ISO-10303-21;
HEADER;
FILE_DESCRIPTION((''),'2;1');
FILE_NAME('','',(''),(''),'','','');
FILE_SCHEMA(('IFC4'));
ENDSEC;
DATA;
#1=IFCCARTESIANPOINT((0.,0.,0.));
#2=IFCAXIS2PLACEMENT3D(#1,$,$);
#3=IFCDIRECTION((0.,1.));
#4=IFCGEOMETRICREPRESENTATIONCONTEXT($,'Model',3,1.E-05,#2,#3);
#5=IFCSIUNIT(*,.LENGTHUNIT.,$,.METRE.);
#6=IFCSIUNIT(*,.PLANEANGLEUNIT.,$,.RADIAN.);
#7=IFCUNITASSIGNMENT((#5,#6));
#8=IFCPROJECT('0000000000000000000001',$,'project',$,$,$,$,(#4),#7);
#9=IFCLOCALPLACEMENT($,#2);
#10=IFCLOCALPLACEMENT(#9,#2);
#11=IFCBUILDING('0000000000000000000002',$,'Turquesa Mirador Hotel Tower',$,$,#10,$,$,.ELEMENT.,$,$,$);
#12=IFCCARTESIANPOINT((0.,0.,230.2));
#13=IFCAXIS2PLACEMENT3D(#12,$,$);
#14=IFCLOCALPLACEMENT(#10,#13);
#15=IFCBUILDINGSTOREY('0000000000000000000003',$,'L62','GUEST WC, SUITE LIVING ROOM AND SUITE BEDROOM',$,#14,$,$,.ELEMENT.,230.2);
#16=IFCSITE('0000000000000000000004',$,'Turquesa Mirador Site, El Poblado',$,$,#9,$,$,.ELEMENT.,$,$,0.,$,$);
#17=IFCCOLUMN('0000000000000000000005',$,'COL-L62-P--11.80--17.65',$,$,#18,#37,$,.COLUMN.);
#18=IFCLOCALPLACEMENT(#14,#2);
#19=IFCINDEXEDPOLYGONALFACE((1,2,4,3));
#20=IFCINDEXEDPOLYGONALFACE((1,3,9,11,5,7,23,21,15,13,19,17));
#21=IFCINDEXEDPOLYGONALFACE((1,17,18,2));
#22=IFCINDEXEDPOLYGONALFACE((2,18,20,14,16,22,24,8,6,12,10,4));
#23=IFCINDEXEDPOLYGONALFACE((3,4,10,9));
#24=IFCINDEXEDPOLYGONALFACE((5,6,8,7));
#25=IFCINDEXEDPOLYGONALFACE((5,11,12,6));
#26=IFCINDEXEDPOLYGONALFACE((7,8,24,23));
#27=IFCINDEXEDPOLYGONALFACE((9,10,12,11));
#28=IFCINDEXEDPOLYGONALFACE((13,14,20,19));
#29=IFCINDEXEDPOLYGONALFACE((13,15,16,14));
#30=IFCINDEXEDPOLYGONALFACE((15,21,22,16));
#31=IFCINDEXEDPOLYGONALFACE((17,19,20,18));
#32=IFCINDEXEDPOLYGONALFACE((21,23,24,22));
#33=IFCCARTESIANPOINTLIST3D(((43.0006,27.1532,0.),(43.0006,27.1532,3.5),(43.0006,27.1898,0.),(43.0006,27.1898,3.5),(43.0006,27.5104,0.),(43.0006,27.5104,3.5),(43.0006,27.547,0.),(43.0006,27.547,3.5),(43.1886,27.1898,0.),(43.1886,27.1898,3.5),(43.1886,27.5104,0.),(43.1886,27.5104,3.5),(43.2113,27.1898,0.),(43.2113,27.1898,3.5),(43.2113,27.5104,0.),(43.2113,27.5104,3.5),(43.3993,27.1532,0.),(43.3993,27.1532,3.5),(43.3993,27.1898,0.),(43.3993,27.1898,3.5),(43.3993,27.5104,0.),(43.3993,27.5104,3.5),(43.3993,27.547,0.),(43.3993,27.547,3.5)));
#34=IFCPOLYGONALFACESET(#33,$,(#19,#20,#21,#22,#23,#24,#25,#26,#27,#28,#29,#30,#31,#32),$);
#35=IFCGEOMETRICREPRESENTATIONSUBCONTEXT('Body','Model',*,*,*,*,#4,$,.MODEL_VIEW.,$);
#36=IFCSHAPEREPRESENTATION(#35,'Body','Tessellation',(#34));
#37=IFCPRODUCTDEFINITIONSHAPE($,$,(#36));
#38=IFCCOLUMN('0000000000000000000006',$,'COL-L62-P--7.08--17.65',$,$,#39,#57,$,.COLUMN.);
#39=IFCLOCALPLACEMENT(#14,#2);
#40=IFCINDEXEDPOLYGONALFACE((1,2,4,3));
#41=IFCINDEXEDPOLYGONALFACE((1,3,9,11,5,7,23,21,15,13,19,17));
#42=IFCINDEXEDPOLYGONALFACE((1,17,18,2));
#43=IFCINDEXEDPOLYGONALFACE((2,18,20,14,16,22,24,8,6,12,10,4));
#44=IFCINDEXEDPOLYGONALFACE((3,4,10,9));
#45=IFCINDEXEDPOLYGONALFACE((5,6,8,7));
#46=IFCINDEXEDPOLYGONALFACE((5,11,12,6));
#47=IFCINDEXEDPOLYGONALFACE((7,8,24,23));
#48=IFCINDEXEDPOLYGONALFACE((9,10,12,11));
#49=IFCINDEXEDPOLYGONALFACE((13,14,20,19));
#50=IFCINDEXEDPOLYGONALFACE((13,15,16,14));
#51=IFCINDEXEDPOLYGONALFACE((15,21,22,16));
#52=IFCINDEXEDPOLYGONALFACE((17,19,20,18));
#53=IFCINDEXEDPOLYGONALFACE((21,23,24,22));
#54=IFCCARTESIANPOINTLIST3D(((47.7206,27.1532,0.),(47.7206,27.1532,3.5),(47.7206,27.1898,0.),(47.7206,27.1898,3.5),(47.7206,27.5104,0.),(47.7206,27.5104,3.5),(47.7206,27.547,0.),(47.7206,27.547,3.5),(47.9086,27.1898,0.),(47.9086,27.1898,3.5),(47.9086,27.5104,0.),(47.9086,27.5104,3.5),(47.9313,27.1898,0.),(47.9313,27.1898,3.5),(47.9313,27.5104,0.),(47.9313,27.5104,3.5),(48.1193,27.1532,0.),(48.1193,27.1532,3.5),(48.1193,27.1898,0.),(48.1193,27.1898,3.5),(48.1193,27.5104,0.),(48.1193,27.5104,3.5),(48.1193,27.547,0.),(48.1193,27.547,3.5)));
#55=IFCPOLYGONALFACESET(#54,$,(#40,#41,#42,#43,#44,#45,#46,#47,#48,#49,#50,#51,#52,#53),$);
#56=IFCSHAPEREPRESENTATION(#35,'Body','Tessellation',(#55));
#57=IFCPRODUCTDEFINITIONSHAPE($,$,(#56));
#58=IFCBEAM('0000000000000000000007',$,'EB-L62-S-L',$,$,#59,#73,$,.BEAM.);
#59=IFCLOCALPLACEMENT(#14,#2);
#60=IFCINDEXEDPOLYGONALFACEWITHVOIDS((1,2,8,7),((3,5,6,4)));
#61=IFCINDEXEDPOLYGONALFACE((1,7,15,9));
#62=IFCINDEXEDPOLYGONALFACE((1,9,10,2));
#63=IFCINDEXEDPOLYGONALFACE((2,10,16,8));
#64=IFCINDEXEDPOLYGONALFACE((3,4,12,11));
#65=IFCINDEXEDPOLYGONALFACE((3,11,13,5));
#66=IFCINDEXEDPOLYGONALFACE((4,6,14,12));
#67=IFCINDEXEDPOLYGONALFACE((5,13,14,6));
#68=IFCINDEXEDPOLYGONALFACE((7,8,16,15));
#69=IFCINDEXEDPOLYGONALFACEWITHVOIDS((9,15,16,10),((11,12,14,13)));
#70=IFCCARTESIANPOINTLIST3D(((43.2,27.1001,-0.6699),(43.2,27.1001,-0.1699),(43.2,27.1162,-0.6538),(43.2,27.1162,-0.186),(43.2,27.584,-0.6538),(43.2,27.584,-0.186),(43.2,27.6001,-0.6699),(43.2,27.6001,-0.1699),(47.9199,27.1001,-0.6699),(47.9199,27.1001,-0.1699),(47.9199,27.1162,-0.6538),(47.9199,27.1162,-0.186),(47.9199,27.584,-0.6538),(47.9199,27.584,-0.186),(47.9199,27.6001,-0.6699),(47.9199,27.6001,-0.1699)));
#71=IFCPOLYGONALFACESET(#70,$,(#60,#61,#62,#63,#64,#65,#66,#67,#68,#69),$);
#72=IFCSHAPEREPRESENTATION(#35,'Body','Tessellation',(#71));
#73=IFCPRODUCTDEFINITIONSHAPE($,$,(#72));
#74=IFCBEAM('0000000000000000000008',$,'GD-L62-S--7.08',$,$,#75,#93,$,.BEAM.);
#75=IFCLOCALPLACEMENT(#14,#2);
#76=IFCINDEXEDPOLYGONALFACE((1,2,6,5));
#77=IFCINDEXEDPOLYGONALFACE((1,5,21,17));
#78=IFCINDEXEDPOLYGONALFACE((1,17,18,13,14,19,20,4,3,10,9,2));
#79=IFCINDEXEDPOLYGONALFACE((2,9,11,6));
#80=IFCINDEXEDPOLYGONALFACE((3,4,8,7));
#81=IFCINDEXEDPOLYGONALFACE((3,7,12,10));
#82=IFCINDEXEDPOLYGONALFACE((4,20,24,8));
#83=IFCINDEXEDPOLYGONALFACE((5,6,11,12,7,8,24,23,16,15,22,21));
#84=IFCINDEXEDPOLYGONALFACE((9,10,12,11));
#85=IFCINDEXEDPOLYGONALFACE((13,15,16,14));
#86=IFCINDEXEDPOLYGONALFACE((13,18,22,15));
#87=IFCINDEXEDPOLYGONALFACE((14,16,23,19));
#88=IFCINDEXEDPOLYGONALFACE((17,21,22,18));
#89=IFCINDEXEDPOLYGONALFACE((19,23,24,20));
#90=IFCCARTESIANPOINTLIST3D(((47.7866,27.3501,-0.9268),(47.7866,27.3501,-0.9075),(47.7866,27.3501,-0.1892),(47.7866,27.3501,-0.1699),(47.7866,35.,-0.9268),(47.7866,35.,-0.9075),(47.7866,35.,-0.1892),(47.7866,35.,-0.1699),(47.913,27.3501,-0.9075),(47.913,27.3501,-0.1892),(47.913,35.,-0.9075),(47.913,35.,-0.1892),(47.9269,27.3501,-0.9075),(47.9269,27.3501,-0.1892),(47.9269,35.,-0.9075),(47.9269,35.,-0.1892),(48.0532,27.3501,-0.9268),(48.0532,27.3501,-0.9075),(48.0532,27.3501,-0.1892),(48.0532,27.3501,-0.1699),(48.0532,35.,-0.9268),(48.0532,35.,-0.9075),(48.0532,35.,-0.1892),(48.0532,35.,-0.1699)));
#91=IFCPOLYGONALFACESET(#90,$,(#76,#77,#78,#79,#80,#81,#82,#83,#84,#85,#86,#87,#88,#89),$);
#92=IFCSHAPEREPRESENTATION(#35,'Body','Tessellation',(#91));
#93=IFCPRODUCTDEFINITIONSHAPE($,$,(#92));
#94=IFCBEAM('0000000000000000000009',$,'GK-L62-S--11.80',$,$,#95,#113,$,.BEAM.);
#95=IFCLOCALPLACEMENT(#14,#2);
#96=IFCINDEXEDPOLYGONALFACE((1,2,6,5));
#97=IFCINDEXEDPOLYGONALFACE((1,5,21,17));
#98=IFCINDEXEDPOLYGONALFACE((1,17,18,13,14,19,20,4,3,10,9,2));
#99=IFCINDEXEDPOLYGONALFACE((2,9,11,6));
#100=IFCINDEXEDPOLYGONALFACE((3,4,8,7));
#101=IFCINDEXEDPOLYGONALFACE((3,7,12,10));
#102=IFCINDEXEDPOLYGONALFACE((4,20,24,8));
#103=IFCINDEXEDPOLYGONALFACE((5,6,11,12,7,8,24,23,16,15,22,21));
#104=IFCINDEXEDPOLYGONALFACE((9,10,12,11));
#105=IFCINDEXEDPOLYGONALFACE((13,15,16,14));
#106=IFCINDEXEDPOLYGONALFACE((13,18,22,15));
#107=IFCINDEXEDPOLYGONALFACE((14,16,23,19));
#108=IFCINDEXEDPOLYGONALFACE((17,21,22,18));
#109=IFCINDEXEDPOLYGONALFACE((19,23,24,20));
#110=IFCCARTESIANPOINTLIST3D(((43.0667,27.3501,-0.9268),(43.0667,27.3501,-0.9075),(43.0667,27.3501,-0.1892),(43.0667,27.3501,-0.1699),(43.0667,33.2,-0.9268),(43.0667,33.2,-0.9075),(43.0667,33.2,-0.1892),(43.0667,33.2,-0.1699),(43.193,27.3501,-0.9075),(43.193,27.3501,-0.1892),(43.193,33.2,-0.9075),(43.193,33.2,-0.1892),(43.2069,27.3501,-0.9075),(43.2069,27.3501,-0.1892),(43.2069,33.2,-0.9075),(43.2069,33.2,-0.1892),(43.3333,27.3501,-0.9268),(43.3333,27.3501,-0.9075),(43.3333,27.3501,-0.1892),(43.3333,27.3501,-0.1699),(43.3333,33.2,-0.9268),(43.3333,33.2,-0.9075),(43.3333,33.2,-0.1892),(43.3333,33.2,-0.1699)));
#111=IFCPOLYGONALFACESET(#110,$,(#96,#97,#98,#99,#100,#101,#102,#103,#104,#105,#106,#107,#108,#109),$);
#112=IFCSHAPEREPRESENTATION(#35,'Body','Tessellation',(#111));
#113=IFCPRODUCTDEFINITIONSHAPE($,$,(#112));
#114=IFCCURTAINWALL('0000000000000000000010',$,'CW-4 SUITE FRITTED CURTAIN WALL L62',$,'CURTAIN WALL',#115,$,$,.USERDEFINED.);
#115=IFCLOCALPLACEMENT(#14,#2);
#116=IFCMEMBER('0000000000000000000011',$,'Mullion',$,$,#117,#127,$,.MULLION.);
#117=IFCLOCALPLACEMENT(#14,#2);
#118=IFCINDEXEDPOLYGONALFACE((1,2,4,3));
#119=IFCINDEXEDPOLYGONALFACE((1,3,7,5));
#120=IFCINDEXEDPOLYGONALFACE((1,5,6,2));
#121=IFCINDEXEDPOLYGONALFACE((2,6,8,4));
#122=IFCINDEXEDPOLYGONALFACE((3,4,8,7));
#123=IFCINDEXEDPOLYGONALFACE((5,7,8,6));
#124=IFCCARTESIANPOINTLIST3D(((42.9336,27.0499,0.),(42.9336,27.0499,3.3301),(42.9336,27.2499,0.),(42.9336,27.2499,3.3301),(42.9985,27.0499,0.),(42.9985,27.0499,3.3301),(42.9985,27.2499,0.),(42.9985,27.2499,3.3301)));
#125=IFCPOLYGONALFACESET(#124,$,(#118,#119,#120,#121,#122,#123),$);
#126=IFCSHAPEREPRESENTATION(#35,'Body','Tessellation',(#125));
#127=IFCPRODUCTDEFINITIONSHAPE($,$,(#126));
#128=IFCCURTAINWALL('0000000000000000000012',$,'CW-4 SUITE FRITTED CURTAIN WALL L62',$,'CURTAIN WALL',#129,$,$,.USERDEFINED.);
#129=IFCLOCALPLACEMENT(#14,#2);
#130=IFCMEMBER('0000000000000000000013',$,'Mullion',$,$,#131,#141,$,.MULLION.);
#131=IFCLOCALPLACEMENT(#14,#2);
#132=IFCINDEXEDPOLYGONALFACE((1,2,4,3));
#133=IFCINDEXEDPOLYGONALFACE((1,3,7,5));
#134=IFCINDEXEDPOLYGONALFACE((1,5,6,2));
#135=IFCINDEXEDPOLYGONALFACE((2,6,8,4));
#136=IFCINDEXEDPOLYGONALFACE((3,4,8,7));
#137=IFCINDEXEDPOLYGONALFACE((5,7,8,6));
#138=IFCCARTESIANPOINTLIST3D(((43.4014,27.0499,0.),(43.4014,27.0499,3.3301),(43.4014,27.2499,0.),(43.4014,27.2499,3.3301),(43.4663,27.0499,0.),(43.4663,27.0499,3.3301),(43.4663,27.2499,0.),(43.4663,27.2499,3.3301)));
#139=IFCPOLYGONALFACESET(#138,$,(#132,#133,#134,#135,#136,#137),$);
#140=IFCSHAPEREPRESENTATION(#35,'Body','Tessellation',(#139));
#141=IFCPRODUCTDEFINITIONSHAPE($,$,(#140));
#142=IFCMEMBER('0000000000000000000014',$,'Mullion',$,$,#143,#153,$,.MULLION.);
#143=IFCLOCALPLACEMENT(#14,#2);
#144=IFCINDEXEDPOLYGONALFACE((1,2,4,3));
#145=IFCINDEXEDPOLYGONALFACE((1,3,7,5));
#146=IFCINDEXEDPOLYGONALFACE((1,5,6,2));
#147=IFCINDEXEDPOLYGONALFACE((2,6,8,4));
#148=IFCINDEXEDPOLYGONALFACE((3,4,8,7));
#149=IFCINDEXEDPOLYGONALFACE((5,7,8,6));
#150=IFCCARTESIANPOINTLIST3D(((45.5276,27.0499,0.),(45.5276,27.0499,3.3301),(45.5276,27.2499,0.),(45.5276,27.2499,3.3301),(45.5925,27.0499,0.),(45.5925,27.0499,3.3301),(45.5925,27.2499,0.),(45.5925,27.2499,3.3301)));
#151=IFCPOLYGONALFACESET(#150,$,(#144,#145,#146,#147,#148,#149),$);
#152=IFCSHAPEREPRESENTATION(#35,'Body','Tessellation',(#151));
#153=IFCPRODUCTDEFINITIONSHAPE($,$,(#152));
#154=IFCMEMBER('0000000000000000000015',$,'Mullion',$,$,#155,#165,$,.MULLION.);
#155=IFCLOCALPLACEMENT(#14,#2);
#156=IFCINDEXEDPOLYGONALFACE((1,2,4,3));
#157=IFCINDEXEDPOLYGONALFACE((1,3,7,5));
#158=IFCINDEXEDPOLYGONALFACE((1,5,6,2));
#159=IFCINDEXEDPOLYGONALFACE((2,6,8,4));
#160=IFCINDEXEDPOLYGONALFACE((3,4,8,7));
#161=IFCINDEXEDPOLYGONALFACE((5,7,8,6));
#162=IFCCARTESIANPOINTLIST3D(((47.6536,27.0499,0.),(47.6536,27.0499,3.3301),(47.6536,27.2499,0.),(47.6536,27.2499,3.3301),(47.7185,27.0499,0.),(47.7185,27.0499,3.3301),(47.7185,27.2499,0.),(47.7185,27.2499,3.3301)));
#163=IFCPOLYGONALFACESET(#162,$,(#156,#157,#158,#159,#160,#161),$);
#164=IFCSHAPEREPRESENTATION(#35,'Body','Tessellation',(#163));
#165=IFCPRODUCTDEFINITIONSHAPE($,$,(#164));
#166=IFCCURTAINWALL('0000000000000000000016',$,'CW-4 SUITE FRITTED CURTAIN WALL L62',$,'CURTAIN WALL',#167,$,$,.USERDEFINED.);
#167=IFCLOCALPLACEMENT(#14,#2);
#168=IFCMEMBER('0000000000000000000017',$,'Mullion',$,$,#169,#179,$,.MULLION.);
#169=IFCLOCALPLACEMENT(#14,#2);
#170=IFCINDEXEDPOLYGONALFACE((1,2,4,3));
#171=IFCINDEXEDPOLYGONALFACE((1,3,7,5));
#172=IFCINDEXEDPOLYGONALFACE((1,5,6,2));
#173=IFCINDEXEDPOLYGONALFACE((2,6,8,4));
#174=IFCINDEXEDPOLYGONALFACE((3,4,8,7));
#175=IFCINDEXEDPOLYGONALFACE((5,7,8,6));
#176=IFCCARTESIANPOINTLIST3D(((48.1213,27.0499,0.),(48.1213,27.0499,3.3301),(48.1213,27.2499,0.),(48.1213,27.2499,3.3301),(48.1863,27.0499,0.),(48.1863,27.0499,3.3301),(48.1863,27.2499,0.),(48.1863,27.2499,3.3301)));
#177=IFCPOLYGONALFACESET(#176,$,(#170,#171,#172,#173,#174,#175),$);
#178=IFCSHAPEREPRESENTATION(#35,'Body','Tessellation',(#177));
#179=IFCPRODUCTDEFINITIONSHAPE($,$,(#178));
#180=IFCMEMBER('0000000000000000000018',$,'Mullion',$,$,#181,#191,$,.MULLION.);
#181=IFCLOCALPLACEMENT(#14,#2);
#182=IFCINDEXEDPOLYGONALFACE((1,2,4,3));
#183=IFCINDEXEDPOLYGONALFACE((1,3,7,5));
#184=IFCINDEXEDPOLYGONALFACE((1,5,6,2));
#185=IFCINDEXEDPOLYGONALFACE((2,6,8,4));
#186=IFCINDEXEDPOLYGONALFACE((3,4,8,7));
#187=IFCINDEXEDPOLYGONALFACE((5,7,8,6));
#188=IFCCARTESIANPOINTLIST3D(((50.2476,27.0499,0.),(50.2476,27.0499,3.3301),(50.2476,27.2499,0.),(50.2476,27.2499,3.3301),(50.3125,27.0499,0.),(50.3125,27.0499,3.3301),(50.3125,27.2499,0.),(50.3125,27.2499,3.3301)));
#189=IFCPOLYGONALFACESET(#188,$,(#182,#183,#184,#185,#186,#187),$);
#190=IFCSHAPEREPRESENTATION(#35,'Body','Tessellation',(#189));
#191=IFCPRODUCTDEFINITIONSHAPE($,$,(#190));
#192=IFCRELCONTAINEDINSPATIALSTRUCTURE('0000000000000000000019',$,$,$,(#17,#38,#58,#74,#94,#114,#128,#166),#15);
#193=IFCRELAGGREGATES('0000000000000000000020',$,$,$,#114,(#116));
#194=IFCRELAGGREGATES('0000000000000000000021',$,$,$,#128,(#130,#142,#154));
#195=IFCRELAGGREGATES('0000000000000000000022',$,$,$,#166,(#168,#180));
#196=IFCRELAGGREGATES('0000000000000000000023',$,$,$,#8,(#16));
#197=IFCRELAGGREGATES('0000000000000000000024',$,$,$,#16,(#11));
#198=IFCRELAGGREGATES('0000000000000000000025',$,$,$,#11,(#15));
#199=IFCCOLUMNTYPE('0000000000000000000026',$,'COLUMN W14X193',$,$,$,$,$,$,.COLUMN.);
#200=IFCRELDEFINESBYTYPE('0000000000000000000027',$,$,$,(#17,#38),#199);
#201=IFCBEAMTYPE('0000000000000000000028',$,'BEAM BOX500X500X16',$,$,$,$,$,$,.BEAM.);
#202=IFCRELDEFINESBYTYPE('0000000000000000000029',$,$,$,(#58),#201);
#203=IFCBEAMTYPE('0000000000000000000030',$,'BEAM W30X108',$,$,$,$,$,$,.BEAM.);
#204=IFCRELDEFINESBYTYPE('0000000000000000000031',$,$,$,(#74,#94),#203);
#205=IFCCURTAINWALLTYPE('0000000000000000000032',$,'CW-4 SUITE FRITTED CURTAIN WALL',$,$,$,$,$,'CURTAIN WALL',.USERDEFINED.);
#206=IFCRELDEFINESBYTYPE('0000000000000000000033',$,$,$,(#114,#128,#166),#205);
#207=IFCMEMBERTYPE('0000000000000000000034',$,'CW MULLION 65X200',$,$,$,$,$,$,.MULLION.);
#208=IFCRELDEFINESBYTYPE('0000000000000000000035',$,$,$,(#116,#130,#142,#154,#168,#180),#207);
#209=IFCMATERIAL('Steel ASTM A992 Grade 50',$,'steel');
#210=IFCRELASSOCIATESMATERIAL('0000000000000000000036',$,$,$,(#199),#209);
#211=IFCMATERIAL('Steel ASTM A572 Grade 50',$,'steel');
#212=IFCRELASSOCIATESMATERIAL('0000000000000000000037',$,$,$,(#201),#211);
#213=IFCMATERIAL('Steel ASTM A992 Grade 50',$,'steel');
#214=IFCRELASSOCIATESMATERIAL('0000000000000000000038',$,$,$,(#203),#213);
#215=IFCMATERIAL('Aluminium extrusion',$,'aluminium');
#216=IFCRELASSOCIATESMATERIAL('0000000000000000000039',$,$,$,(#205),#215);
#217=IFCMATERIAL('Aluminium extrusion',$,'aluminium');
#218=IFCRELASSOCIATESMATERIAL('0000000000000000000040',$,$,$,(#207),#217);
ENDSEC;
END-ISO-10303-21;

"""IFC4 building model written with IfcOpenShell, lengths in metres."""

from ifc_helpers import new_model, si_unit, direction, frame, origin, origin_2d, place, context, subcontext, project, spatial, rectangle, hollow_rectangle, i_section, extrude, material, material_profile, profile_set, type_object, element, aggregate, save


model = new_model("IFC4")

# Units and contexts
model_context = context("Model", 3, precision=1e-05, world=origin(), true_north=direction((0.0, 1.0)))
body_context = subcontext(model_context, "Body", "Model", "MODEL_VIEW")
ifc_project = project(units=[si_unit("LENGTHUNIT", "METRE"), si_unit("PLANEANGLEUNIT", "RADIAN")], contexts=[model_context])

# Site, building, storey
site_placement = place(None, origin())
site = spatial("IfcSite", under=ifc_project, at=site_placement, Name="Turquesa Mirador Site, El Poblado", CompositionType="ELEMENT", RefElevation=0.0)
building_placement = place(site_placement, origin())
building = spatial("IfcBuilding", under=site, at=building_placement, Name="Turquesa Mirador Hotel Tower", CompositionType="ELEMENT")
storey_placement = place(building_placement, frame((0.0, 0.0, 230.2)))
storey = spatial("IfcBuildingStorey", under=building, at=storey_placement, Name="L62", Description="GUEST WC, SUITE LIVING ROOM AND SUITE BEDROOM", CompositionType="ELEMENT", Elevation=230.2)

# Columns
ifc_material_1 = material(Name="Steel ASTM A992 Grade 50", Category="steel")
ifc_material_profile_1 = material_profile(ifc_material_1, i_section(OverallWidth=0.3987, OverallDepth=0.3938, WebThickness=0.0227, FlangeThickness=0.0366, at=origin_2d()), Name="W14X193")
ifc_profile_set_1 = profile_set([ifc_material_profile_1], Name="Steel ASTM A992 Grade 50")
column_type = type_object("IfcColumnType", Name="COLUMN W14X193", PredefinedType="COLUMN", material=ifc_profile_set_1)
for number, where, z_axis, x_axis, name in (
    (1, (43.2, 27.3501, 0.0), (0.0, 0.0, 1.0), (1.0, 0.0, 0.0), "COL-L62-P--11.80--17.65"),
    (2, (47.9199, 27.3501, 0.0), (0.0, 0.0, 1.0), (1.0, 0.0, 0.0), "COL-L62-P--7.08--17.65"),
):
    element("IfcColumn", number, at=place(storey_placement, frame(where, z_axis=z_axis, x_axis=x_axis)), inside=storey, type_object=column_type, Name=name, PredefinedType="COLUMN", context=body_context, shape_type="SweptSolid", body=[
        extrude(i_section(OverallWidth=0.3987, OverallDepth=0.3938, WebThickness=0.0227, FlangeThickness=0.0366, at=origin_2d()), origin(), (0.0, 0.0, 1.0), 3.5),
    ])

# Beams
ifc_material_2 = material(Name="Steel ASTM A572 Grade 50", Category="steel")
ifc_material_profile_2 = material_profile(ifc_material_2, hollow_rectangle(XDim=0.5, YDim=0.5, WallThickness=0.0161, at=origin_2d()), Name="BOX500X500X16")
ifc_profile_set_2 = profile_set([ifc_material_profile_2], Name="Steel ASTM A572 Grade 50")
beam_type_1 = type_object("IfcBeamType", Name="BEAM BOX500X500X16", PredefinedType="BEAM", material=ifc_profile_set_2)
beam_1_placement = place(storey_placement, frame((43.2, 27.3501, -0.4199), z_axis=(1.0, 0.0, 0.0), x_axis=(0.0, 1.0, 0.0)))
element("IfcBeam", 3, at=beam_1_placement, inside=storey, type_object=beam_type_1, Name="EB-L62-S-L", PredefinedType="BEAM", context=body_context, shape_type="SweptSolid", body=[
    extrude(hollow_rectangle(XDim=0.5, YDim=0.5, WallThickness=0.0161, at=origin_2d()), origin(), (0.0, 0.0, 1.0), 4.72),
])
ifc_material_3 = material(Name="Steel ASTM A992 Grade 50", Category="steel")
ifc_material_profile_3 = material_profile(ifc_material_3, i_section(OverallWidth=0.2666, OverallDepth=0.7568, WebThickness=0.0139, FlangeThickness=0.0193, at=origin_2d()), Name="W30X108")
ifc_profile_set_3 = profile_set([ifc_material_profile_3], Name="Steel ASTM A992 Grade 50")
beam_type_2 = type_object("IfcBeamType", Name="BEAM W30X108", PredefinedType="BEAM", material=ifc_profile_set_3)
beam_2_placement = place(storey_placement, frame((47.9199, 27.3501, -0.5483), z_axis=(0.0, 1.0, 0.0), x_axis=(-1.0, 0.0, 0.0)))
element("IfcBeam", 4, at=beam_2_placement, inside=storey, type_object=beam_type_2, Name="GD-L62-S--7.08", PredefinedType="BEAM", context=body_context, shape_type="SweptSolid", body=[
    extrude(i_section(OverallWidth=0.2666, OverallDepth=0.7568, WebThickness=0.0139, FlangeThickness=0.0193, at=origin_2d()), origin(), (0.0, 0.0, 1.0), 7.6499),
])
beam_3_placement = place(storey_placement, frame((43.2, 27.3501, -0.5483), z_axis=(0.0, 1.0, 0.0), x_axis=(-1.0, 0.0, 0.0)))
element("IfcBeam", 5, at=beam_3_placement, inside=storey, type_object=beam_type_2, Name="GK-L62-S--11.80", PredefinedType="BEAM", context=body_context, shape_type="SweptSolid", body=[
    extrude(i_section(OverallWidth=0.2666, OverallDepth=0.7568, WebThickness=0.0139, FlangeThickness=0.0193, at=origin_2d()), origin(), (0.0, 0.0, 1.0), 5.8499),
])

# Curtain wall, member
ifc_material_4 = material(Name="Aluminium extrusion", Category="aluminium")
curtain_wall_type = type_object("IfcCurtainWallType", Name="CW-4 SUITE FRITTED CURTAIN WALL", ElementType="CURTAIN WALL", PredefinedType="USERDEFINED", material=ifc_material_4)
curtain_wall_1_placement = place(storey_placement, origin())
curtain_wall_1 = element("IfcCurtainWall", 6, at=curtain_wall_1_placement, inside=storey, type_object=curtain_wall_type, Name="CW-4 SUITE FRITTED CURTAIN WALL L62", ObjectType="CURTAIN WALL", PredefinedType="USERDEFINED")
ifc_material_5 = material(Name="Aluminium extrusion", Category="aluminium")
ifc_material_profile_4 = material_profile(ifc_material_5, rectangle(XDim=0.0649, YDim=0.2, at=origin_2d()), Name="MULLION 65X200")
ifc_profile_set_4 = profile_set([ifc_material_profile_4], Name="Aluminium extrusion")
member_type_1 = type_object("IfcMemberType", Name="CW MULLION 65X200", PredefinedType="MULLION", material=ifc_profile_set_4)
member_1_placement = place(storey_placement, frame((42.9661, 27.1499, 0.0), z_axis=(0.0, 0.0, 1.0), x_axis=(1.0, 0.0, 0.0)))
member_1 = element("IfcMember", 7, at=member_1_placement, type_object=member_type_1, Name="Mullion", PredefinedType="MULLION", context=body_context, shape_type="SweptSolid", body=[
    extrude(rectangle(XDim=0.0649, YDim=0.2, at=origin_2d()), origin(), (0.0, 0.0, 1.0), 3.3301),
])

# Curtain walls, members
curtain_wall_2_placement = place(storey_placement, origin())
curtain_wall_2 = element("IfcCurtainWall", 8, at=curtain_wall_2_placement, inside=storey, type_object=curtain_wall_type, Name="CW-4 SUITE FRITTED CURTAIN WALL L62", ObjectType="CURTAIN WALL", PredefinedType="USERDEFINED")
member_2_placement = place(storey_placement, frame((43.4338, 27.1499, 0.0), z_axis=(0.0, 0.0, 1.0), x_axis=(1.0, 0.0, 0.0)))
member_2 = element("IfcMember", 9, at=member_2_placement, type_object=member_type_1, Name="Mullion", PredefinedType="MULLION", context=body_context, shape_type="SweptSolid", body=[
    extrude(rectangle(XDim=0.0649, YDim=0.2, at=origin_2d()), origin(), (0.0, 0.0, 1.0), 3.3301),
])
member_3_placement = place(storey_placement, frame((45.5601, 27.1499, 0.0), z_axis=(0.0, 0.0, 1.0), x_axis=(1.0, 0.0, 0.0)))
member_3 = element("IfcMember", 10, at=member_3_placement, type_object=member_type_1, Name="Mullion", PredefinedType="MULLION", context=body_context, shape_type="SweptSolid", body=[
    extrude(rectangle(XDim=0.0649, YDim=0.2, at=origin_2d()), origin(), (0.0, 0.0, 1.0), 3.3301),
])
member_4_placement = place(storey_placement, frame((47.686, 27.1499, 0.0), z_axis=(0.0, 0.0, 1.0), x_axis=(1.0, 0.0, 0.0)))
member_4 = element("IfcMember", 11, at=member_4_placement, type_object=member_type_1, Name="Mullion", PredefinedType="MULLION", context=body_context, shape_type="SweptSolid", body=[
    extrude(rectangle(XDim=0.0649, YDim=0.2, at=origin_2d()), origin(), (0.0, 0.0, 1.0), 3.3301),
])
curtain_wall_3_placement = place(storey_placement, origin())
curtain_wall_3 = element("IfcCurtainWall", 12, at=curtain_wall_3_placement, inside=storey, type_object=curtain_wall_type, Name="CW-4 SUITE FRITTED CURTAIN WALL L62", ObjectType="CURTAIN WALL", PredefinedType="USERDEFINED")
member_5_placement = place(storey_placement, frame((48.1538, 27.1499, 0.0), z_axis=(0.0, 0.0, 1.0), x_axis=(1.0, 0.0, 0.0)))
member_5 = element("IfcMember", 13, at=member_5_placement, type_object=member_type_1, Name="Mullion", PredefinedType="MULLION", context=body_context, shape_type="SweptSolid", body=[
    extrude(rectangle(XDim=0.0649, YDim=0.2, at=origin_2d()), origin(), (0.0, 0.0, 1.0), 3.3301),
])
member_6_placement = place(storey_placement, frame((50.28, 27.1499, 0.0), z_axis=(0.0, 0.0, 1.0), x_axis=(1.0, 0.0, 0.0)))
member_6 = element("IfcMember", 14, at=member_6_placement, type_object=member_type_1, Name="Mullion", PredefinedType="MULLION", context=body_context, shape_type="SweptSolid", body=[
    extrude(rectangle(XDim=0.0649, YDim=0.2, at=origin_2d()), origin(), (0.0, 0.0, 1.0), 3.3301),
])

aggregate(curtain_wall_1, [member_1])
aggregate(curtain_wall_2, [member_2, member_3, member_4])
aggregate(curtain_wall_3, [member_5, member_6])

save(model, "model.ifc")
